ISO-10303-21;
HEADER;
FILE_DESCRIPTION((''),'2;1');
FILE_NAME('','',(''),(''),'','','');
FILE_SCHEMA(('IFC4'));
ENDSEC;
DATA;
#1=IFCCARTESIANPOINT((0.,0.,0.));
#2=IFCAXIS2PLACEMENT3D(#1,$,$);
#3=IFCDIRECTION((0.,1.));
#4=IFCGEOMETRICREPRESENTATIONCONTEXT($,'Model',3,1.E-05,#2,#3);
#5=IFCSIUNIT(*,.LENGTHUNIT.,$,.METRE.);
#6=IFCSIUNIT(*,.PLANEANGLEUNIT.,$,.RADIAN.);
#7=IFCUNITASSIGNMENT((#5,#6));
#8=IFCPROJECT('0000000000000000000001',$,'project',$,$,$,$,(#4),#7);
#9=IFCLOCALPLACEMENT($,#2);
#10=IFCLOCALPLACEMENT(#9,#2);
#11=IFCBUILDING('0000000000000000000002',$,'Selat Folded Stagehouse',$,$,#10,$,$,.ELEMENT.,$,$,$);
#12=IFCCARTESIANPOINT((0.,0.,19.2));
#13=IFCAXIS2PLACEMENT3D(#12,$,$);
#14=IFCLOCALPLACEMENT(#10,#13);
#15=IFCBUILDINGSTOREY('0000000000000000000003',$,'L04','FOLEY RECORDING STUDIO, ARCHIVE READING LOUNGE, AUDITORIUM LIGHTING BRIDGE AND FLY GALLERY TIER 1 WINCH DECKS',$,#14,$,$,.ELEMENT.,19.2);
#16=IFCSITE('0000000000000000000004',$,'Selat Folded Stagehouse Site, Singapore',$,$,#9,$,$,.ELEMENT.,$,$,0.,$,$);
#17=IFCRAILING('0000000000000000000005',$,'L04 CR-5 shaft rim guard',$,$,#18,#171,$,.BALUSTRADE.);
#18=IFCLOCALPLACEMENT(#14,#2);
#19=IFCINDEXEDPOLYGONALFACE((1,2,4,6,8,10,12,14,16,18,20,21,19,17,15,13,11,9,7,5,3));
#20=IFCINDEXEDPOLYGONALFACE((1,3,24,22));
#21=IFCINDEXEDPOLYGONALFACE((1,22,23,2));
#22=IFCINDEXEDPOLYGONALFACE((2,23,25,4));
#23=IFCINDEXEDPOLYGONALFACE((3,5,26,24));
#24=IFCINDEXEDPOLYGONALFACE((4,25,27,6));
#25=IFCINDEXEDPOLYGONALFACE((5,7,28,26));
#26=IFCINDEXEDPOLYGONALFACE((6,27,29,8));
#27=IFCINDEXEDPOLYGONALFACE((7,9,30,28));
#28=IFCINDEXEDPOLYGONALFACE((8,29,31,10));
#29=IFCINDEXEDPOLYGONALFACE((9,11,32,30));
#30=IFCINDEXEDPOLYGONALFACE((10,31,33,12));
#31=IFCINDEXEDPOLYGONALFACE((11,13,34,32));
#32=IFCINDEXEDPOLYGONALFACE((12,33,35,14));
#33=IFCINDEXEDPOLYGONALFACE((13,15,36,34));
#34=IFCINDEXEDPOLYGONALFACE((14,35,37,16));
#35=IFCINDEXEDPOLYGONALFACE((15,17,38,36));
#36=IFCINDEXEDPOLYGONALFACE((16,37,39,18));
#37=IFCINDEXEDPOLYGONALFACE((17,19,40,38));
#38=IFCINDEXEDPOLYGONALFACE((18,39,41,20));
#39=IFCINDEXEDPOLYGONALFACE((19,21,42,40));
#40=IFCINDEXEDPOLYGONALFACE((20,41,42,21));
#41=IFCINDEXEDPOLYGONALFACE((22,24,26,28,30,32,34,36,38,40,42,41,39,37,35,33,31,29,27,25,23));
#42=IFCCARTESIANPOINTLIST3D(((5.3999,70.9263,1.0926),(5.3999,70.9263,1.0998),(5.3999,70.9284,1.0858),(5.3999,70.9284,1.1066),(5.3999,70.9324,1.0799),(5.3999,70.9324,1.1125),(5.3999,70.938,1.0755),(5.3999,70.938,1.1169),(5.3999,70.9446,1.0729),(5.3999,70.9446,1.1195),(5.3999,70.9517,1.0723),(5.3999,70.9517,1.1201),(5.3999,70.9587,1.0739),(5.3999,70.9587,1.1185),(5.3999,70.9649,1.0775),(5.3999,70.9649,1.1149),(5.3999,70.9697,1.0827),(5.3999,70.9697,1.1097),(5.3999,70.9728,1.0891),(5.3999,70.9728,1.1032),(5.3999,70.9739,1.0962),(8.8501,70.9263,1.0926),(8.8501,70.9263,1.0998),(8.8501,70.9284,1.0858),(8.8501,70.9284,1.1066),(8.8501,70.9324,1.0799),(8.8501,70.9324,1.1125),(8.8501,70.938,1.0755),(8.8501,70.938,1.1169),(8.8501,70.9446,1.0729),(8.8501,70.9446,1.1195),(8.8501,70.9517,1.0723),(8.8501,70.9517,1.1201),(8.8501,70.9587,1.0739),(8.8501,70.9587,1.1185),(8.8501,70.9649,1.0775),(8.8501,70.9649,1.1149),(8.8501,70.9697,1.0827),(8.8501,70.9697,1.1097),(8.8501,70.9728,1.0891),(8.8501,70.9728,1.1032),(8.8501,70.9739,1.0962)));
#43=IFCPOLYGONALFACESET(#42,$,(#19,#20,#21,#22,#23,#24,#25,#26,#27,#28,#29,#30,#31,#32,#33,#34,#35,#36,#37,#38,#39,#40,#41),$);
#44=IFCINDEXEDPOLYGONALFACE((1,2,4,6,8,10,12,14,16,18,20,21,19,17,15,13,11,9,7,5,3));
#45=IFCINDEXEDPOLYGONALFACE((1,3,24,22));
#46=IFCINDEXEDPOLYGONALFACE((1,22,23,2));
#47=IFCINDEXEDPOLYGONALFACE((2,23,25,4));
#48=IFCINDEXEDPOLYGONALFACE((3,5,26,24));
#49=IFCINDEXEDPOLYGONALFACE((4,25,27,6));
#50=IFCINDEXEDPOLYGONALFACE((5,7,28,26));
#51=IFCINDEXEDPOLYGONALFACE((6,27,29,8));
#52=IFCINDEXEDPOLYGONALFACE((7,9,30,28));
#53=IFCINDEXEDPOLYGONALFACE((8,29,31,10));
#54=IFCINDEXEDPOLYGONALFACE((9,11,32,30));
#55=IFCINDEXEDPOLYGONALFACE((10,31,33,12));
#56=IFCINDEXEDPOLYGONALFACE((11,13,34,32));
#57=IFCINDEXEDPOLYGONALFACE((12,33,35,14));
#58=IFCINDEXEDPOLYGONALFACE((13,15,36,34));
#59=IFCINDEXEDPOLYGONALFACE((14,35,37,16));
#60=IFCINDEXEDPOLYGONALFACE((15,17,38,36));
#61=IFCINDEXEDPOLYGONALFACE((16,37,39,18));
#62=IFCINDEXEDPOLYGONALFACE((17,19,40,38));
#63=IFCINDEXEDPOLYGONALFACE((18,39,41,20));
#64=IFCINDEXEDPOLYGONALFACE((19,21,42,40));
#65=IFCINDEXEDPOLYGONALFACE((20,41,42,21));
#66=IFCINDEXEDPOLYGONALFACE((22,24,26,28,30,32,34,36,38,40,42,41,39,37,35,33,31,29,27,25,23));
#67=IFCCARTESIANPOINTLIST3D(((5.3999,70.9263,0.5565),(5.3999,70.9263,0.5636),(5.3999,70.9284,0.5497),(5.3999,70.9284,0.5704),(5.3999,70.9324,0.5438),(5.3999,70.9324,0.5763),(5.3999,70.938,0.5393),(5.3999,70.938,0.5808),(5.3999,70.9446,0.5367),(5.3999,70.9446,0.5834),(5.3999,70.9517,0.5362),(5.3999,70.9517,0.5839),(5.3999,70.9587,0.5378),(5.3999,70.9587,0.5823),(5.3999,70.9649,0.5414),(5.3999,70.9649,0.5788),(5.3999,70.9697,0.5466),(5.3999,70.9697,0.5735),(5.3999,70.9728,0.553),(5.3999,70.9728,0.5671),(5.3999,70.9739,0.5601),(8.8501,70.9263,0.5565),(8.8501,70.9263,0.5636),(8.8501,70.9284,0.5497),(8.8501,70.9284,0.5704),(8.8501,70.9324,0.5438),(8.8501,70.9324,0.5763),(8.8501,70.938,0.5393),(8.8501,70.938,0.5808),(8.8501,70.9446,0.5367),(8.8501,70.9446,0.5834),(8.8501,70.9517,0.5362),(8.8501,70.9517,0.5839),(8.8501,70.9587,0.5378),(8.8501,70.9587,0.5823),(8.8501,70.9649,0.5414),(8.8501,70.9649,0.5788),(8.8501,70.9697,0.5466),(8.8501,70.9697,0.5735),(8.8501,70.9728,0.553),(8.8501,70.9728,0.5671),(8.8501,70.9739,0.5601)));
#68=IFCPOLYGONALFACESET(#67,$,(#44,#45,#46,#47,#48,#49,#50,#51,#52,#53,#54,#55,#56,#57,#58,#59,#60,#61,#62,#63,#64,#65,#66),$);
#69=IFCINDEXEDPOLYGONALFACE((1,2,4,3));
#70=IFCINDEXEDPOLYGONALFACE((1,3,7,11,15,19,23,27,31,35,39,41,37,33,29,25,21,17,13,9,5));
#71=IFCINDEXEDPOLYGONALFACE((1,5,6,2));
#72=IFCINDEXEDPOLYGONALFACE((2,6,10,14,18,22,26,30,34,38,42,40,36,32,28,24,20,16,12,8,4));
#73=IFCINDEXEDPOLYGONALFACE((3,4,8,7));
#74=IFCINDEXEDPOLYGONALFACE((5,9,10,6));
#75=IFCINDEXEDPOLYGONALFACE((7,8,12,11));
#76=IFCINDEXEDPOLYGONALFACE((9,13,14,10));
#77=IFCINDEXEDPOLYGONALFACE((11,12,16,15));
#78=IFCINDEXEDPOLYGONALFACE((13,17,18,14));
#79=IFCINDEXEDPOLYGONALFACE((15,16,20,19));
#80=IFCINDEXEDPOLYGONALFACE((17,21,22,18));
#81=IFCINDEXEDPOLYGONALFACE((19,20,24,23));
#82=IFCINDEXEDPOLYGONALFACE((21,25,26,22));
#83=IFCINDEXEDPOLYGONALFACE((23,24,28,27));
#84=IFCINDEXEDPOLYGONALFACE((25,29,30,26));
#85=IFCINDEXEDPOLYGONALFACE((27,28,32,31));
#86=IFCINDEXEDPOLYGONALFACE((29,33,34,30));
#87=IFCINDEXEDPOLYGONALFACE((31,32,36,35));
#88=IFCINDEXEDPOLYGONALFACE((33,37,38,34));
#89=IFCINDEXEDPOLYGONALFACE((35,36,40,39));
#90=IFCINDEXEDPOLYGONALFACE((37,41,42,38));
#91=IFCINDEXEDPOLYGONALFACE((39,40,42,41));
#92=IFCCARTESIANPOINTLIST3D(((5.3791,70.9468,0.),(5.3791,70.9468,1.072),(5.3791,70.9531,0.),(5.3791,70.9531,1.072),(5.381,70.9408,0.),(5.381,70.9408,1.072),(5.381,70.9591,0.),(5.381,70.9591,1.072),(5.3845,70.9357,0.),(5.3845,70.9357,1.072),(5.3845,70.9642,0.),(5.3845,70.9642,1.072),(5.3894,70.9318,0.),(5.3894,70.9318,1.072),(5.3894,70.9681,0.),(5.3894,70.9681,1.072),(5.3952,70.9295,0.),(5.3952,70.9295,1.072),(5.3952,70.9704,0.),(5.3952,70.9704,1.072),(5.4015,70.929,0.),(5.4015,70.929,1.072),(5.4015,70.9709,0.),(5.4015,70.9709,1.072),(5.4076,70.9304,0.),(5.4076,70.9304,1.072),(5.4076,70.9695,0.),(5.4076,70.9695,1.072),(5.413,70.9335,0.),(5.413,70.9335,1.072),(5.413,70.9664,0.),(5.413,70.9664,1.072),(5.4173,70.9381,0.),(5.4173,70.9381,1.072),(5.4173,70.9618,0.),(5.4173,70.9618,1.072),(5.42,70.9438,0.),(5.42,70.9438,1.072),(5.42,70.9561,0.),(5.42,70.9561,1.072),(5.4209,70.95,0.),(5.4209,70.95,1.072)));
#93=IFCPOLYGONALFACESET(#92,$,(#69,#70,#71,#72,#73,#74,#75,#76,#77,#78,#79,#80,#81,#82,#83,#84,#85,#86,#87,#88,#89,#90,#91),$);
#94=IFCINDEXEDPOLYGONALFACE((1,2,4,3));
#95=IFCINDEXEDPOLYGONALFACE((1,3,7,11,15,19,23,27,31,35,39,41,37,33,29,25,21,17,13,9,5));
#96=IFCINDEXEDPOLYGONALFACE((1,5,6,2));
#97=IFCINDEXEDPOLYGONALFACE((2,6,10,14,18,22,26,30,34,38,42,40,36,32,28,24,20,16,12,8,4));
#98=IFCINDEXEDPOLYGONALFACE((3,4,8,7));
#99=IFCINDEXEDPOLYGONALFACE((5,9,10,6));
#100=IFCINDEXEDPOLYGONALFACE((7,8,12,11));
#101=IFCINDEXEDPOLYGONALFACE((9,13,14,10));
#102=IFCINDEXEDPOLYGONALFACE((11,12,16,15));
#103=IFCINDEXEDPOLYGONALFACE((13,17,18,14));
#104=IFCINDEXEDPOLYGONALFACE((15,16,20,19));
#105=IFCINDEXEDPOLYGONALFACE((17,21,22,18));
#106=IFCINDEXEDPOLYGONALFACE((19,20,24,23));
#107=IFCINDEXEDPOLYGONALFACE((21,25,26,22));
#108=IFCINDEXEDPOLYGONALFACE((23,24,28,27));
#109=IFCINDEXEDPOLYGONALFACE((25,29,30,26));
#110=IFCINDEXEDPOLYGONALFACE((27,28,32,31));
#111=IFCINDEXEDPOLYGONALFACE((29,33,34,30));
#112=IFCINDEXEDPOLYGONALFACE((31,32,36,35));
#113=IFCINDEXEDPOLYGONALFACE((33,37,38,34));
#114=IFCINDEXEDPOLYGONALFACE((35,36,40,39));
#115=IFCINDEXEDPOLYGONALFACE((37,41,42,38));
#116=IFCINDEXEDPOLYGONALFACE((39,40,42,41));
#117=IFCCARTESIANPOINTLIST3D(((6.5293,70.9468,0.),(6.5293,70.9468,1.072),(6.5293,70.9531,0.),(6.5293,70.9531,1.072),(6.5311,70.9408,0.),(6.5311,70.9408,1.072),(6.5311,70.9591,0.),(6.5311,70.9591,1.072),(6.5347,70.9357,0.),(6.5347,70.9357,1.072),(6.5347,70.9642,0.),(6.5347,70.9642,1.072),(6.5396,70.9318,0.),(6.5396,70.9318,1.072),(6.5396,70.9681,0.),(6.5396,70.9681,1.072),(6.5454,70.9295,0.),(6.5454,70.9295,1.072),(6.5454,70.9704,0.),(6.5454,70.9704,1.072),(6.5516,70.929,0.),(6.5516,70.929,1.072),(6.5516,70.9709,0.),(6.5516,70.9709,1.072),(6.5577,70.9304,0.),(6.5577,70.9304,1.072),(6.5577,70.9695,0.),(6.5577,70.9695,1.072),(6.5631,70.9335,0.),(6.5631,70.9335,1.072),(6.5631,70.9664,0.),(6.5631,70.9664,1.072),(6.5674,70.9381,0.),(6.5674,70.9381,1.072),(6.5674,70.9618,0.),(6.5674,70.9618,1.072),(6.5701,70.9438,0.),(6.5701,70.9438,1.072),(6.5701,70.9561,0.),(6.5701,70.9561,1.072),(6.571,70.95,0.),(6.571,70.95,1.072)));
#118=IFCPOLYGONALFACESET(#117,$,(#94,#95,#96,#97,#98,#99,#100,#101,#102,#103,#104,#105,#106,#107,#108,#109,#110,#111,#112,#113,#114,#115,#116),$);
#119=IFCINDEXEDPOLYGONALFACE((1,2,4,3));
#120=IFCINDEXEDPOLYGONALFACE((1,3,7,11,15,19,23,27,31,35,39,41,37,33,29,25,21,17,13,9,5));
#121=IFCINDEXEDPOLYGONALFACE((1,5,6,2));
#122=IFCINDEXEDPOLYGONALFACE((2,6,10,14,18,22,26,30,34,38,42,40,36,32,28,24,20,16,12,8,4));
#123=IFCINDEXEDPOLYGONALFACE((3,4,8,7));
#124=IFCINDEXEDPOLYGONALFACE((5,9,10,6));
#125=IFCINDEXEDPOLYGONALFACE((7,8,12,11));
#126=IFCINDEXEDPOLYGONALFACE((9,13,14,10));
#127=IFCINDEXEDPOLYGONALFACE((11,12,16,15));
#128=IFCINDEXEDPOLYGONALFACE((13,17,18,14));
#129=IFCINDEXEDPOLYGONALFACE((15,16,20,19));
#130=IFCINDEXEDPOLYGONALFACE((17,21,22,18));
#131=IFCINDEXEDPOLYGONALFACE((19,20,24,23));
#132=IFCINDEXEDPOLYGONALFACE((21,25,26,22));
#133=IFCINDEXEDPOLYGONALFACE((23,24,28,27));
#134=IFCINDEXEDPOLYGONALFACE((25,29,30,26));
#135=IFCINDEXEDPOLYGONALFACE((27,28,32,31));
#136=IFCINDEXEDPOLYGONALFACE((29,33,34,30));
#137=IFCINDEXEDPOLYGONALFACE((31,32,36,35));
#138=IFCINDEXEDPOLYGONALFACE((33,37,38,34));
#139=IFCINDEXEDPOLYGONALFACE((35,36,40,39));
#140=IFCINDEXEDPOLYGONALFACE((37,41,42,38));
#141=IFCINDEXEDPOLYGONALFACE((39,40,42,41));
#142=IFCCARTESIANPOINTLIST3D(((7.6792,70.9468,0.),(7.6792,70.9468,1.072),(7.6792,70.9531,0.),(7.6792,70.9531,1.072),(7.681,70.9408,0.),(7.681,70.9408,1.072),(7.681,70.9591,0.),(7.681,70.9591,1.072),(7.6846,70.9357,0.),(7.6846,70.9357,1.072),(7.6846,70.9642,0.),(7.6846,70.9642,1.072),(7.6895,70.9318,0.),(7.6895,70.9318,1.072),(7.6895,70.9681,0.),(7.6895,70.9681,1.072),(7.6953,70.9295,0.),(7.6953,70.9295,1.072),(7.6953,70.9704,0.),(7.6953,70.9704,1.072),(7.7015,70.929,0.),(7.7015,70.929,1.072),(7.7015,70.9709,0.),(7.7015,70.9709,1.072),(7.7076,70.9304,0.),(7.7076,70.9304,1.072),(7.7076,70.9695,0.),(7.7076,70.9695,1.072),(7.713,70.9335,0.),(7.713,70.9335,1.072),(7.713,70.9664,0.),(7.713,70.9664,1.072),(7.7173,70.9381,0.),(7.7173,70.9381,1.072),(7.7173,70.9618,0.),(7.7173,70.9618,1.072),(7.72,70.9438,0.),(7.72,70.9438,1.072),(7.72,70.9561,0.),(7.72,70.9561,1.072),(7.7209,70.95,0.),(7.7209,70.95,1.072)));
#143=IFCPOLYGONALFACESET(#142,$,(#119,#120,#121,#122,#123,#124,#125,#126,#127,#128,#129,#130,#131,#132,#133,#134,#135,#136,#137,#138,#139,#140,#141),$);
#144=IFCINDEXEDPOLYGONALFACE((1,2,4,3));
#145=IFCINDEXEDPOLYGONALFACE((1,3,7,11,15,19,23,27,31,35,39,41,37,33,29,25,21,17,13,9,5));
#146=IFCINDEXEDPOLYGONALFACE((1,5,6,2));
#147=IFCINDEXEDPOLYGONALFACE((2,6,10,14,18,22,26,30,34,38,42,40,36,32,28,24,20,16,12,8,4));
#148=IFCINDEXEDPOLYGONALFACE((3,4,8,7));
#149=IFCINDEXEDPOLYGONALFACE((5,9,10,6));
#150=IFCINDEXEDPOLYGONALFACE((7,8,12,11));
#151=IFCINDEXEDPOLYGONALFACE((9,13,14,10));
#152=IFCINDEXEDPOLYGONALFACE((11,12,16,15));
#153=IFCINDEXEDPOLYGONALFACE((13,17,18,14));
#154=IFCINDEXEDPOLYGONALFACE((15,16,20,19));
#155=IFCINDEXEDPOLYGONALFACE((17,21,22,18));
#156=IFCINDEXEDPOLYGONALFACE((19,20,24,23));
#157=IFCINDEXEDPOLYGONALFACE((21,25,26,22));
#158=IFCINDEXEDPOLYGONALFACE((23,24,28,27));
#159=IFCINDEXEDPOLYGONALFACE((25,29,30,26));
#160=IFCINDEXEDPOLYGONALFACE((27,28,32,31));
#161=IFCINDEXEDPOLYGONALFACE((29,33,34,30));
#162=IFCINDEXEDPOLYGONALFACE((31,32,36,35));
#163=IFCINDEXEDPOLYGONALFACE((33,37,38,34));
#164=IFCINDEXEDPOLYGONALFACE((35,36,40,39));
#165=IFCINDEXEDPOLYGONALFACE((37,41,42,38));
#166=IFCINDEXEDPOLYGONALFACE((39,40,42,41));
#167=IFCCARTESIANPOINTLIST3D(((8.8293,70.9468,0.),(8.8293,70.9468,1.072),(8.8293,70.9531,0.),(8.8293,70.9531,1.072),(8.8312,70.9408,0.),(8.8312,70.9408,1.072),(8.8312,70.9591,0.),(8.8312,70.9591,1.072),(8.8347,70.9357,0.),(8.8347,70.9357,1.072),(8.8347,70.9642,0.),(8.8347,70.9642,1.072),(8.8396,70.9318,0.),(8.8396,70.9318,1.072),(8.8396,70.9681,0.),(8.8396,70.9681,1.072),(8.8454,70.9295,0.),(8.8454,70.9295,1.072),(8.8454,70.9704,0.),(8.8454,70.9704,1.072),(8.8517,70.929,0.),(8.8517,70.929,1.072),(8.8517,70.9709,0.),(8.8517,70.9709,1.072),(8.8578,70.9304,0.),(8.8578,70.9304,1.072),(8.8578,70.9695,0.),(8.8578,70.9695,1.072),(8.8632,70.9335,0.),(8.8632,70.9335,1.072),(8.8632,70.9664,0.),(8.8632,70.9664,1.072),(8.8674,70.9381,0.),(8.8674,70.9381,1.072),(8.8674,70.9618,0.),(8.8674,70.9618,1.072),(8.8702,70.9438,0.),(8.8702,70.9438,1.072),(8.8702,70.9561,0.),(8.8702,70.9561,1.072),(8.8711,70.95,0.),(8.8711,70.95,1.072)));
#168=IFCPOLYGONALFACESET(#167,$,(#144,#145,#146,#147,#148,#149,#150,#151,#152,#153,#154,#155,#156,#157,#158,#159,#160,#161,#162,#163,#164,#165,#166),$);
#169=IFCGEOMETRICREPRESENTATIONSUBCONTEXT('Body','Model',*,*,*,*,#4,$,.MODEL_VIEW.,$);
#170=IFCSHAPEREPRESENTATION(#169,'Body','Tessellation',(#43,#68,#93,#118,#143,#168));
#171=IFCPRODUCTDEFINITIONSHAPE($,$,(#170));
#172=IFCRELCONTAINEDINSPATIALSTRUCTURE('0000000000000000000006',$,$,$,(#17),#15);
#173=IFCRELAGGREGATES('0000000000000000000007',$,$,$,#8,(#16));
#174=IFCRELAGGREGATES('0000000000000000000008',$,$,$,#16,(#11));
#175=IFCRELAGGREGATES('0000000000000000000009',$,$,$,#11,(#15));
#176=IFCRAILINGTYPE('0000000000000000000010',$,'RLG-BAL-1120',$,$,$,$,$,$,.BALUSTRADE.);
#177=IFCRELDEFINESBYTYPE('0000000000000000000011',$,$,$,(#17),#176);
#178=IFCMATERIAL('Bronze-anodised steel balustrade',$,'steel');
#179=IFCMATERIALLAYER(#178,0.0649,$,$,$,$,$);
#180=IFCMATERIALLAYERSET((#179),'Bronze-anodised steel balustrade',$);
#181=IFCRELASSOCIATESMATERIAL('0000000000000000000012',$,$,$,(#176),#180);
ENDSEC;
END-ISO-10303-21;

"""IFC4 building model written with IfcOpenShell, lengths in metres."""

from ifc_helpers import new_model, si_unit, direction, frame, origin, origin_2d, place, context, subcontext, project, spatial, circle, extrude, material, layer, layer_set, type_object, element, save


model = new_model("IFC4")

# Units and contexts
model_context = context("Model", 3, precision=1e-05, world=origin(), true_north=direction((0.0, 1.0)))
body_context = subcontext(model_context, "Body", "Model", "MODEL_VIEW")
ifc_project = project(units=[si_unit("LENGTHUNIT", "METRE"), si_unit("PLANEANGLEUNIT", "RADIAN")], contexts=[model_context])

# Site, building, storey
site_placement = place(None, origin())
site = spatial("IfcSite", under=ifc_project, at=site_placement, Name="Selat Folded Stagehouse Site, Singapore", CompositionType="ELEMENT", RefElevation=0.0)
building_placement = place(site_placement, origin())
building = spatial("IfcBuilding", under=site, at=building_placement, Name="Selat Folded Stagehouse", CompositionType="ELEMENT")
storey_placement = place(building_placement, frame((0.0, 0.0, 19.2)))
storey = spatial("IfcBuildingStorey", under=building, at=storey_placement, Name="L04", Description="FOLEY RECORDING STUDIO, ARCHIVE READING LOUNGE, AUDITORIUM LIGHTING BRIDGE AND FLY GALLERY TIER 1 WINCH DECKS", CompositionType="ELEMENT", Elevation=19.2)

# Railing
ifc_material_1 = material(Name="Bronze-anodised steel balustrade", Category="steel")
ifc_layer_1 = layer(ifc_material_1, 0.0649)
ifc_layer_set_1 = layer_set([ifc_layer_1], Name="Bronze-anodised steel balustrade")
railing_type_1 = type_object("IfcRailingType", Name="RLG-BAL-1120", PredefinedType="BALUSTRADE", material=ifc_layer_set_1)
railing_1_placement = place(storey_placement, frame((5.3999, 70.95, 0.0)))
element("IfcRailing", 1, at=railing_1_placement, inside=storey, type_object=railing_type_1, Name="L04 CR-5 shaft rim guard", PredefinedType="BALUSTRADE", context=body_context, shape_type="SweptSolid", body=[
    extrude(circle(Radius=0.0239, at=origin_2d()), frame((0.0, 0.0, 1.0962), z_axis=(1.0, 0.0, 0.0), x_axis=(0.0, 1.0, 0.0)), (0.0, 0.0, 1.0), 3.4502),
    extrude(circle(Radius=0.0239, at=origin_2d()), frame((0.0, 0.0, 0.5601), z_axis=(1.0, 0.0, 0.0), x_axis=(0.0, 1.0, 0.0)), (0.0, 0.0, 1.0), 3.4502),
    extrude(circle(Radius=0.021, at=origin_2d()), origin(), (0.0, 0.0, 1.0), 1.072),
    extrude(circle(Radius=0.021, at=origin_2d()), frame((1.1501, 0.0, 0.0)), (0.0, 0.0, 1.0), 1.072),
    extrude(circle(Radius=0.021, at=origin_2d()), frame((2.3, 0.0, 0.0)), (0.0, 0.0, 1.0), 1.072),
    extrude(circle(Radius=0.021, at=origin_2d()), frame((3.4502, 0.0, 0.0)), (0.0, 0.0, 1.0), 1.072),
])

save(model, "model.ifc")
